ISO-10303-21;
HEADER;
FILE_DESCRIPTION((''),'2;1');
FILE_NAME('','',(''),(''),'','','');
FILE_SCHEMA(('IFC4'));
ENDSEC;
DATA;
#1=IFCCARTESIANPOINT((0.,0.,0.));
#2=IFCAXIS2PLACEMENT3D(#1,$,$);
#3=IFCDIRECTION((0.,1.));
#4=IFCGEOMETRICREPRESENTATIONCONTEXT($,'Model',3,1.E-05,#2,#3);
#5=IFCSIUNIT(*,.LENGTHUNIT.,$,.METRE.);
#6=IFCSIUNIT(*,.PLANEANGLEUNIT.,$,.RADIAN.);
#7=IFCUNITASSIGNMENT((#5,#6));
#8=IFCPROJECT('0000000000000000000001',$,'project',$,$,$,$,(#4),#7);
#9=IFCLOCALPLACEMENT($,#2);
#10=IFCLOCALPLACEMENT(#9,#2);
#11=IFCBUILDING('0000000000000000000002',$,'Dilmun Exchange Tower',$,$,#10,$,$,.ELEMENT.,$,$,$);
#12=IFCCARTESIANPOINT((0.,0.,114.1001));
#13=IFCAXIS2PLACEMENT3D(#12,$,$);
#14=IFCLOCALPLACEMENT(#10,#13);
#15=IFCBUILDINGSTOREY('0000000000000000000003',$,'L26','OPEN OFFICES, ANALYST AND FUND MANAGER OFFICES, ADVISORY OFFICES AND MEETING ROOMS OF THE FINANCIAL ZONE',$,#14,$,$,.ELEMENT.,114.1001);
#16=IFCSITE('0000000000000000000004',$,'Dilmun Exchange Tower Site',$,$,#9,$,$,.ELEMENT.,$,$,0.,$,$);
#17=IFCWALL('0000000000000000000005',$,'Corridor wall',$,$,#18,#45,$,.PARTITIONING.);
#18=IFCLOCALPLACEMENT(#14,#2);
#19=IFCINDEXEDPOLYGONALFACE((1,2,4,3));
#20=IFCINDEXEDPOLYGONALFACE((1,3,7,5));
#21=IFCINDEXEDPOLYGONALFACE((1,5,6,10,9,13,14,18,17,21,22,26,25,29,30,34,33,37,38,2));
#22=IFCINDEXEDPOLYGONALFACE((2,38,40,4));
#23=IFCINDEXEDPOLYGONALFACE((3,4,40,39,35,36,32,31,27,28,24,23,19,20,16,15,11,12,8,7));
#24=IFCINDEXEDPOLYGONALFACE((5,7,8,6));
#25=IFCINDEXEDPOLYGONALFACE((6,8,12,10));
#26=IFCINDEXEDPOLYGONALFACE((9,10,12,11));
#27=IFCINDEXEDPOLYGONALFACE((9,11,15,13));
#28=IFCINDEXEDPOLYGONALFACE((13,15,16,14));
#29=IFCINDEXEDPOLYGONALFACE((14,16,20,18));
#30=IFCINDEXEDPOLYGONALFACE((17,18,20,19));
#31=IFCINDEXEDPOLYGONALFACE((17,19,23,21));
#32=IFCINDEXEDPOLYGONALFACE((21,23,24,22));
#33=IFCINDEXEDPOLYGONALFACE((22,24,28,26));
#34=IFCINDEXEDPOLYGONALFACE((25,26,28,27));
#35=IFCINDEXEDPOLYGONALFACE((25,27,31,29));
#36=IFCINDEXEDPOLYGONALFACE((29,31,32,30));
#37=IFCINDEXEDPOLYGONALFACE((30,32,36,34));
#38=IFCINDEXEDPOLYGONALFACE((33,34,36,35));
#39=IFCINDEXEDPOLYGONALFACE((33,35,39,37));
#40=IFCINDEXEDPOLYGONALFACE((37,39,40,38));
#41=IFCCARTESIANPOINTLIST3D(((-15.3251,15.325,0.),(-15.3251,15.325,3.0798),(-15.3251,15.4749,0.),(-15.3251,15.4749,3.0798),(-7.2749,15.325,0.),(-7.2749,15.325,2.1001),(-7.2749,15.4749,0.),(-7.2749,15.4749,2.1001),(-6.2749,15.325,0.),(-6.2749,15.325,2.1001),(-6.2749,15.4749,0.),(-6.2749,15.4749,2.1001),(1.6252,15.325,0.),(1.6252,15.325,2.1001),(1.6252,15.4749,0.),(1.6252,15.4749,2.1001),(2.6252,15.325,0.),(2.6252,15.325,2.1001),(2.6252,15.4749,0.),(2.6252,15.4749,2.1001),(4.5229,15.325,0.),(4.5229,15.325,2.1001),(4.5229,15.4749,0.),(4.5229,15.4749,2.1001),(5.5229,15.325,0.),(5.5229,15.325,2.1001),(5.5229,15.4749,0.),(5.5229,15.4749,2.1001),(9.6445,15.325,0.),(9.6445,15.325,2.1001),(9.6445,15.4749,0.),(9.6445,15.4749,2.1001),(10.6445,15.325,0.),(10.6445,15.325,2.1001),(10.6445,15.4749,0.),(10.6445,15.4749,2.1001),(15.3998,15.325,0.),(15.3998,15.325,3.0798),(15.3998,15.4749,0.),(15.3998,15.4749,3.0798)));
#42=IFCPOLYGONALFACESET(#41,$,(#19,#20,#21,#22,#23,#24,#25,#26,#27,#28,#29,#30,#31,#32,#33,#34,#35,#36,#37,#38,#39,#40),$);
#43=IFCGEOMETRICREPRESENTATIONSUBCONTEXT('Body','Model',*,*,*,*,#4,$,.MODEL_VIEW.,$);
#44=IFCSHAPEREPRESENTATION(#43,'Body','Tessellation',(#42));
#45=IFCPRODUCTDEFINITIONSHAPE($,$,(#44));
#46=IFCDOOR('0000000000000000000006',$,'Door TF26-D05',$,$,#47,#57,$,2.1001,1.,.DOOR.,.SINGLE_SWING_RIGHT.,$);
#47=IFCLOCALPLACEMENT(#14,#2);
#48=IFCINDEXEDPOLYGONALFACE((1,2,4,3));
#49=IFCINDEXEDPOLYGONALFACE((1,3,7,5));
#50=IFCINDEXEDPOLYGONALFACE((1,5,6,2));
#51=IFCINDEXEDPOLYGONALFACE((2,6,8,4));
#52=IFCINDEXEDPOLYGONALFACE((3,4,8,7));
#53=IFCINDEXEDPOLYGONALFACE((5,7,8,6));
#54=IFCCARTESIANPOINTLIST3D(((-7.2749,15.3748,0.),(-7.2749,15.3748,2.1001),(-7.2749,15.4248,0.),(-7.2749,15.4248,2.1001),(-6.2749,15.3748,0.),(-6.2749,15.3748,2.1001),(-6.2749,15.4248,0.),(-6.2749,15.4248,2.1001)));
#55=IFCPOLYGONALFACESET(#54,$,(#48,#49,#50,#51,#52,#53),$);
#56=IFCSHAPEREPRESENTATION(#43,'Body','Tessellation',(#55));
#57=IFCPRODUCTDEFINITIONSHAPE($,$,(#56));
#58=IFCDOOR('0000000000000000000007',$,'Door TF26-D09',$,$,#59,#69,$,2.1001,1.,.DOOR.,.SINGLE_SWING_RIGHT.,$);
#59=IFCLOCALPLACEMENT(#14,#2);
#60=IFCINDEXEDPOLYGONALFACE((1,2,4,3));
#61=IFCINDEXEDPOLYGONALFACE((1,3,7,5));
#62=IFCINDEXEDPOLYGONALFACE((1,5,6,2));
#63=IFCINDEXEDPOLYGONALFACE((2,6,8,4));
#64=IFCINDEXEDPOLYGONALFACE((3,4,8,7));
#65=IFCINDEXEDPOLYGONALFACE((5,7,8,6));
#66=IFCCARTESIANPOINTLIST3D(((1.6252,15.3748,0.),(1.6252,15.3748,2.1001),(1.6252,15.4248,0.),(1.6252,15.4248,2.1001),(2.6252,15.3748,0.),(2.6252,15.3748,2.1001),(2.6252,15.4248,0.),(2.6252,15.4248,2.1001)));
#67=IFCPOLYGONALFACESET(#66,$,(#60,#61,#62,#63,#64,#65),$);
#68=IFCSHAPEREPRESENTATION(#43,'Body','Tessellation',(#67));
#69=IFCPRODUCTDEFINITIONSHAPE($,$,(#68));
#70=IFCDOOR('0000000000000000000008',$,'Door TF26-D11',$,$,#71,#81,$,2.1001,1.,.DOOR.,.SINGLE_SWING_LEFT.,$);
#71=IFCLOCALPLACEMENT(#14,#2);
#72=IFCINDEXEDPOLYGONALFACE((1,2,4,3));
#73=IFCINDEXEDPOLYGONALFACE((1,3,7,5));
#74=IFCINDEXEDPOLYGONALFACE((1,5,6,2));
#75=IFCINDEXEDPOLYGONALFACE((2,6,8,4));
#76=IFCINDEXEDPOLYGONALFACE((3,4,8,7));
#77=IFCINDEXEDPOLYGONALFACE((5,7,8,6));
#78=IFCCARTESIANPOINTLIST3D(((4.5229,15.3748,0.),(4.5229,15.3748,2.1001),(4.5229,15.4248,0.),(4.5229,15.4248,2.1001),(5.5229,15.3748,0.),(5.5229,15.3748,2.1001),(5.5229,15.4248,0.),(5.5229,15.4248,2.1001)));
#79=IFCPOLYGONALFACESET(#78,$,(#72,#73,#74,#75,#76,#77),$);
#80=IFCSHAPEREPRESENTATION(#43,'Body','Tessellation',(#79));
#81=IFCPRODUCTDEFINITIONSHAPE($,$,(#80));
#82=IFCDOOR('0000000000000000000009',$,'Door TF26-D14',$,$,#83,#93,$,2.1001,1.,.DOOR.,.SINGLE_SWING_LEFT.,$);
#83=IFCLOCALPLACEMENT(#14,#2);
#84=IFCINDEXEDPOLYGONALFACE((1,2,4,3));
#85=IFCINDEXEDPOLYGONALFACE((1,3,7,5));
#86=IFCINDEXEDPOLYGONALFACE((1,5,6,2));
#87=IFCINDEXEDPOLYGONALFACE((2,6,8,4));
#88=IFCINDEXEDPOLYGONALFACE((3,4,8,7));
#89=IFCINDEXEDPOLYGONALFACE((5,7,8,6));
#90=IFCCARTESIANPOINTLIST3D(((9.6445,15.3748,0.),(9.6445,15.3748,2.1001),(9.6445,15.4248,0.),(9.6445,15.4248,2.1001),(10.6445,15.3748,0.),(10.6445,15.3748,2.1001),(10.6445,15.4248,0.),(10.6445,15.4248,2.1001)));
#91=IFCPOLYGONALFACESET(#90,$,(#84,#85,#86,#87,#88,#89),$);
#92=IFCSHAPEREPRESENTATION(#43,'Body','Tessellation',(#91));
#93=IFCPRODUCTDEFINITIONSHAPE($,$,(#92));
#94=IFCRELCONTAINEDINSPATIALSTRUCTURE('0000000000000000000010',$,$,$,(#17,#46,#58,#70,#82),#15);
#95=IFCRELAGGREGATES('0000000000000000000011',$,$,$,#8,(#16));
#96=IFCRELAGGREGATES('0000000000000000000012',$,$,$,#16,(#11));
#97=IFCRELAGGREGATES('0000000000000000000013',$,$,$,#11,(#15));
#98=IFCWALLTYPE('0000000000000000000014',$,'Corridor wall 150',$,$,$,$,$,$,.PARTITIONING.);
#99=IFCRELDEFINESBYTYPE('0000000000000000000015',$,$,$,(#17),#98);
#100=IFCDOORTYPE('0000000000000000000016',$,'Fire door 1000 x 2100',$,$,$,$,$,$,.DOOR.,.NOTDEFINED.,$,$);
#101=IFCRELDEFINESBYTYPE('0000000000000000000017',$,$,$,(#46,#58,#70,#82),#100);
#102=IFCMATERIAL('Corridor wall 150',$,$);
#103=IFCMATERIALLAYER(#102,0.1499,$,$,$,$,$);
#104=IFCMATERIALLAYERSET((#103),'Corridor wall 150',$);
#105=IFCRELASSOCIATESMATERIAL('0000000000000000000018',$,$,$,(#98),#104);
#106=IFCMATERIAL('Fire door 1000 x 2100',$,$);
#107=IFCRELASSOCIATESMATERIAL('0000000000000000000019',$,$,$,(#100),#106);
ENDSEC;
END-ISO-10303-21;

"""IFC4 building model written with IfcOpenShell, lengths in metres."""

from ifc_helpers import new_model, si_unit, direction, frame, frame_2d, origin, place, context, subcontext, project, spatial, rectangle, extrude, material, layer, layer_set, type_object, element, fill, save


model = new_model("IFC4")

# Units and contexts
model_context = context("Model", 3, precision=1e-05, world=origin(), true_north=direction((0.0, 1.0)))
body_context = subcontext(model_context, "Body", "Model", "MODEL_VIEW")
ifc_project = project(units=[si_unit("LENGTHUNIT", "METRE"), si_unit("PLANEANGLEUNIT", "RADIAN")], contexts=[model_context])

# Site, building, storey
site_placement = place(None, origin())
site = spatial("IfcSite", under=ifc_project, at=site_placement, Name="Dilmun Exchange Tower Site", CompositionType="ELEMENT", RefElevation=0.0)
building_placement = place(site_placement, origin())
building = spatial("IfcBuilding", under=site, at=building_placement, Name="Dilmun Exchange Tower", CompositionType="ELEMENT")
storey_placement = place(building_placement, frame((0.0, 0.0, 114.1001)))
storey = spatial("IfcBuildingStorey", under=building, at=storey_placement, Name="L26", Description="OPEN OFFICES, ANALYST AND FUND MANAGER OFFICES, ADVISORY OFFICES AND MEETING ROOMS OF THE FINANCIAL ZONE", CompositionType="ELEMENT", Elevation=114.1001)

# Wall, openings, doors
ifc_material_1 = material(Name="Corridor wall 150")
ifc_layer_1 = layer(ifc_material_1, 0.1499)
ifc_layer_set_1 = layer_set([ifc_layer_1], Name="Corridor wall 150")
wall_type_1 = type_object("IfcWallType", Name="Corridor wall 150", PredefinedType="PARTITIONING", material=ifc_layer_set_1)
wall_1_placement = place(storey_placement, frame((-15.325, 15.3999, 0.0), z_axis=(0.0, 0.0, 1.0), x_axis=(1.0, 0.0, 0.0)))
wall_1 = element("IfcWall", 1, at=wall_1_placement, inside=storey, type_object=wall_type_1, Name="Corridor wall", PredefinedType="PARTITIONING", context=body_context, shape_type="SweptSolid", body=[
    extrude(rectangle(XDim=30.7249, YDim=0.1499, at=frame_2d((15.3623, 0.0))), origin(), (0.0, 0.0, 1.0), 3.0798),
])
opening_1_placement = place(wall_1_placement, frame((8.05, 0.0, 0.0)))
opening_1 = element("IfcOpeningElement", 2, at=opening_1_placement, cuts=wall_1, PredefinedType="OPENING", context=body_context, shape_type="SweptSolid", body=[
    extrude(rectangle(XDim=1.0, YDim=2.1001, at=frame_2d((0.5, 1.05))), frame((0.0, 0.085, 0.0), z_axis=(0.0, -1.0, 0.0), x_axis=(1.0, 0.0, 0.0)), (0.0, 0.0, 1.0), 0.1699),
])
opening_2_placement = place(wall_1_placement, frame((16.9502, 0.0, 0.0)))
opening_2 = element("IfcOpeningElement", 3, at=opening_2_placement, cuts=wall_1, PredefinedType="OPENING", context=body_context, shape_type="SweptSolid", body=[
    extrude(rectangle(XDim=1.0, YDim=2.1001, at=frame_2d((0.5, 1.05))), frame((0.0, 0.085, 0.0), z_axis=(0.0, -1.0, 0.0), x_axis=(1.0, 0.0, 0.0)), (0.0, 0.0, 1.0), 0.1699),
])
opening_3_placement = place(wall_1_placement, frame((19.8479, 0.0, 0.0)))
opening_3 = element("IfcOpeningElement", 4, at=opening_3_placement, cuts=wall_1, PredefinedType="OPENING", context=body_context, shape_type="SweptSolid", body=[
    extrude(rectangle(XDim=1.0, YDim=2.1001, at=frame_2d((0.5, 1.05))), frame((0.0, 0.085, 0.0), z_axis=(0.0, -1.0, 0.0), x_axis=(1.0, 0.0, 0.0)), (0.0, 0.0, 1.0), 0.1699),
])
opening_4_placement = place(wall_1_placement, frame((24.9695, 0.0, 0.0)))
opening_4 = element("IfcOpeningElement", 5, at=opening_4_placement, cuts=wall_1, PredefinedType="OPENING", context=body_context, shape_type="SweptSolid", body=[
    extrude(rectangle(XDim=1.0, YDim=2.1001, at=frame_2d((0.5, 1.05))), frame((0.0, 0.085, 0.0), z_axis=(0.0, -1.0, 0.0), x_axis=(1.0, 0.0, 0.0)), (0.0, 0.0, 1.0), 0.1699),
])
ifc_material_2 = material(Name="Fire door 1000 x 2100")
door_type_1 = type_object("IfcDoorType", Name="Fire door 1000 x 2100", OperationType="NOTDEFINED", PredefinedType="DOOR", material=ifc_material_2)
door_1_placement = place(opening_1_placement, origin())
door_1 = element("IfcDoor", 6, at=door_1_placement, inside=storey, type_object=door_type_1, Name="Door TF26-D05", OperationType="SINGLE_SWING_RIGHT", OverallHeight=2.1001, OverallWidth=1.0, PredefinedType="DOOR", context=body_context, shape_type="SweptSolid", body=[
    extrude(rectangle(XDim=1.0, YDim=2.1001, at=frame_2d((0.5, 1.05))), frame((0.0, 0.0249, 0.0), z_axis=(0.0, -1.0, 0.0), x_axis=(1.0, 0.0, 0.0)), (0.0, 0.0, 1.0), 0.05),
])
fill(opening_1, door_1)
door_2_placement = place(opening_2_placement, origin())
door_2 = element("IfcDoor", 7, at=door_2_placement, inside=storey, type_object=door_type_1, Name="Door TF26-D09", OperationType="SINGLE_SWING_RIGHT", OverallHeight=2.1001, OverallWidth=1.0, PredefinedType="DOOR", context=body_context, shape_type="SweptSolid", body=[
    extrude(rectangle(XDim=1.0, YDim=2.1001, at=frame_2d((0.5, 1.05))), frame((0.0, 0.0249, 0.0), z_axis=(0.0, -1.0, 0.0), x_axis=(1.0, 0.0, 0.0)), (0.0, 0.0, 1.0), 0.05),
])
fill(opening_2, door_2)
door_3_placement = place(opening_3_placement, origin())
door_3 = element("IfcDoor", 8, at=door_3_placement, inside=storey, type_object=door_type_1, Name="Door TF26-D11", OperationType="SINGLE_SWING_LEFT", OverallHeight=2.1001, OverallWidth=1.0, PredefinedType="DOOR", context=body_context, shape_type="SweptSolid", body=[
    extrude(rectangle(XDim=1.0, YDim=2.1001, at=frame_2d((0.5, 1.05))), frame((0.0, 0.0249, 0.0), z_axis=(0.0, -1.0, 0.0), x_axis=(1.0, 0.0, 0.0)), (0.0, 0.0, 1.0), 0.05),
])
fill(opening_3, door_3)
door_4_placement = place(opening_4_placement, origin())
door_4 = element("IfcDoor", 9, at=door_4_placement, inside=storey, type_object=door_type_1, Name="Door TF26-D14", OperationType="SINGLE_SWING_LEFT", OverallHeight=2.1001, OverallWidth=1.0, PredefinedType="DOOR", context=body_context, shape_type="SweptSolid", body=[
    extrude(rectangle(XDim=1.0, YDim=2.1001, at=frame_2d((0.5, 1.05))), frame((0.0, 0.0249, 0.0), z_axis=(0.0, -1.0, 0.0), x_axis=(1.0, 0.0, 0.0)), (0.0, 0.0, 1.0), 0.05),
])
fill(opening_4, door_4)

save(model, "model.ifc")
